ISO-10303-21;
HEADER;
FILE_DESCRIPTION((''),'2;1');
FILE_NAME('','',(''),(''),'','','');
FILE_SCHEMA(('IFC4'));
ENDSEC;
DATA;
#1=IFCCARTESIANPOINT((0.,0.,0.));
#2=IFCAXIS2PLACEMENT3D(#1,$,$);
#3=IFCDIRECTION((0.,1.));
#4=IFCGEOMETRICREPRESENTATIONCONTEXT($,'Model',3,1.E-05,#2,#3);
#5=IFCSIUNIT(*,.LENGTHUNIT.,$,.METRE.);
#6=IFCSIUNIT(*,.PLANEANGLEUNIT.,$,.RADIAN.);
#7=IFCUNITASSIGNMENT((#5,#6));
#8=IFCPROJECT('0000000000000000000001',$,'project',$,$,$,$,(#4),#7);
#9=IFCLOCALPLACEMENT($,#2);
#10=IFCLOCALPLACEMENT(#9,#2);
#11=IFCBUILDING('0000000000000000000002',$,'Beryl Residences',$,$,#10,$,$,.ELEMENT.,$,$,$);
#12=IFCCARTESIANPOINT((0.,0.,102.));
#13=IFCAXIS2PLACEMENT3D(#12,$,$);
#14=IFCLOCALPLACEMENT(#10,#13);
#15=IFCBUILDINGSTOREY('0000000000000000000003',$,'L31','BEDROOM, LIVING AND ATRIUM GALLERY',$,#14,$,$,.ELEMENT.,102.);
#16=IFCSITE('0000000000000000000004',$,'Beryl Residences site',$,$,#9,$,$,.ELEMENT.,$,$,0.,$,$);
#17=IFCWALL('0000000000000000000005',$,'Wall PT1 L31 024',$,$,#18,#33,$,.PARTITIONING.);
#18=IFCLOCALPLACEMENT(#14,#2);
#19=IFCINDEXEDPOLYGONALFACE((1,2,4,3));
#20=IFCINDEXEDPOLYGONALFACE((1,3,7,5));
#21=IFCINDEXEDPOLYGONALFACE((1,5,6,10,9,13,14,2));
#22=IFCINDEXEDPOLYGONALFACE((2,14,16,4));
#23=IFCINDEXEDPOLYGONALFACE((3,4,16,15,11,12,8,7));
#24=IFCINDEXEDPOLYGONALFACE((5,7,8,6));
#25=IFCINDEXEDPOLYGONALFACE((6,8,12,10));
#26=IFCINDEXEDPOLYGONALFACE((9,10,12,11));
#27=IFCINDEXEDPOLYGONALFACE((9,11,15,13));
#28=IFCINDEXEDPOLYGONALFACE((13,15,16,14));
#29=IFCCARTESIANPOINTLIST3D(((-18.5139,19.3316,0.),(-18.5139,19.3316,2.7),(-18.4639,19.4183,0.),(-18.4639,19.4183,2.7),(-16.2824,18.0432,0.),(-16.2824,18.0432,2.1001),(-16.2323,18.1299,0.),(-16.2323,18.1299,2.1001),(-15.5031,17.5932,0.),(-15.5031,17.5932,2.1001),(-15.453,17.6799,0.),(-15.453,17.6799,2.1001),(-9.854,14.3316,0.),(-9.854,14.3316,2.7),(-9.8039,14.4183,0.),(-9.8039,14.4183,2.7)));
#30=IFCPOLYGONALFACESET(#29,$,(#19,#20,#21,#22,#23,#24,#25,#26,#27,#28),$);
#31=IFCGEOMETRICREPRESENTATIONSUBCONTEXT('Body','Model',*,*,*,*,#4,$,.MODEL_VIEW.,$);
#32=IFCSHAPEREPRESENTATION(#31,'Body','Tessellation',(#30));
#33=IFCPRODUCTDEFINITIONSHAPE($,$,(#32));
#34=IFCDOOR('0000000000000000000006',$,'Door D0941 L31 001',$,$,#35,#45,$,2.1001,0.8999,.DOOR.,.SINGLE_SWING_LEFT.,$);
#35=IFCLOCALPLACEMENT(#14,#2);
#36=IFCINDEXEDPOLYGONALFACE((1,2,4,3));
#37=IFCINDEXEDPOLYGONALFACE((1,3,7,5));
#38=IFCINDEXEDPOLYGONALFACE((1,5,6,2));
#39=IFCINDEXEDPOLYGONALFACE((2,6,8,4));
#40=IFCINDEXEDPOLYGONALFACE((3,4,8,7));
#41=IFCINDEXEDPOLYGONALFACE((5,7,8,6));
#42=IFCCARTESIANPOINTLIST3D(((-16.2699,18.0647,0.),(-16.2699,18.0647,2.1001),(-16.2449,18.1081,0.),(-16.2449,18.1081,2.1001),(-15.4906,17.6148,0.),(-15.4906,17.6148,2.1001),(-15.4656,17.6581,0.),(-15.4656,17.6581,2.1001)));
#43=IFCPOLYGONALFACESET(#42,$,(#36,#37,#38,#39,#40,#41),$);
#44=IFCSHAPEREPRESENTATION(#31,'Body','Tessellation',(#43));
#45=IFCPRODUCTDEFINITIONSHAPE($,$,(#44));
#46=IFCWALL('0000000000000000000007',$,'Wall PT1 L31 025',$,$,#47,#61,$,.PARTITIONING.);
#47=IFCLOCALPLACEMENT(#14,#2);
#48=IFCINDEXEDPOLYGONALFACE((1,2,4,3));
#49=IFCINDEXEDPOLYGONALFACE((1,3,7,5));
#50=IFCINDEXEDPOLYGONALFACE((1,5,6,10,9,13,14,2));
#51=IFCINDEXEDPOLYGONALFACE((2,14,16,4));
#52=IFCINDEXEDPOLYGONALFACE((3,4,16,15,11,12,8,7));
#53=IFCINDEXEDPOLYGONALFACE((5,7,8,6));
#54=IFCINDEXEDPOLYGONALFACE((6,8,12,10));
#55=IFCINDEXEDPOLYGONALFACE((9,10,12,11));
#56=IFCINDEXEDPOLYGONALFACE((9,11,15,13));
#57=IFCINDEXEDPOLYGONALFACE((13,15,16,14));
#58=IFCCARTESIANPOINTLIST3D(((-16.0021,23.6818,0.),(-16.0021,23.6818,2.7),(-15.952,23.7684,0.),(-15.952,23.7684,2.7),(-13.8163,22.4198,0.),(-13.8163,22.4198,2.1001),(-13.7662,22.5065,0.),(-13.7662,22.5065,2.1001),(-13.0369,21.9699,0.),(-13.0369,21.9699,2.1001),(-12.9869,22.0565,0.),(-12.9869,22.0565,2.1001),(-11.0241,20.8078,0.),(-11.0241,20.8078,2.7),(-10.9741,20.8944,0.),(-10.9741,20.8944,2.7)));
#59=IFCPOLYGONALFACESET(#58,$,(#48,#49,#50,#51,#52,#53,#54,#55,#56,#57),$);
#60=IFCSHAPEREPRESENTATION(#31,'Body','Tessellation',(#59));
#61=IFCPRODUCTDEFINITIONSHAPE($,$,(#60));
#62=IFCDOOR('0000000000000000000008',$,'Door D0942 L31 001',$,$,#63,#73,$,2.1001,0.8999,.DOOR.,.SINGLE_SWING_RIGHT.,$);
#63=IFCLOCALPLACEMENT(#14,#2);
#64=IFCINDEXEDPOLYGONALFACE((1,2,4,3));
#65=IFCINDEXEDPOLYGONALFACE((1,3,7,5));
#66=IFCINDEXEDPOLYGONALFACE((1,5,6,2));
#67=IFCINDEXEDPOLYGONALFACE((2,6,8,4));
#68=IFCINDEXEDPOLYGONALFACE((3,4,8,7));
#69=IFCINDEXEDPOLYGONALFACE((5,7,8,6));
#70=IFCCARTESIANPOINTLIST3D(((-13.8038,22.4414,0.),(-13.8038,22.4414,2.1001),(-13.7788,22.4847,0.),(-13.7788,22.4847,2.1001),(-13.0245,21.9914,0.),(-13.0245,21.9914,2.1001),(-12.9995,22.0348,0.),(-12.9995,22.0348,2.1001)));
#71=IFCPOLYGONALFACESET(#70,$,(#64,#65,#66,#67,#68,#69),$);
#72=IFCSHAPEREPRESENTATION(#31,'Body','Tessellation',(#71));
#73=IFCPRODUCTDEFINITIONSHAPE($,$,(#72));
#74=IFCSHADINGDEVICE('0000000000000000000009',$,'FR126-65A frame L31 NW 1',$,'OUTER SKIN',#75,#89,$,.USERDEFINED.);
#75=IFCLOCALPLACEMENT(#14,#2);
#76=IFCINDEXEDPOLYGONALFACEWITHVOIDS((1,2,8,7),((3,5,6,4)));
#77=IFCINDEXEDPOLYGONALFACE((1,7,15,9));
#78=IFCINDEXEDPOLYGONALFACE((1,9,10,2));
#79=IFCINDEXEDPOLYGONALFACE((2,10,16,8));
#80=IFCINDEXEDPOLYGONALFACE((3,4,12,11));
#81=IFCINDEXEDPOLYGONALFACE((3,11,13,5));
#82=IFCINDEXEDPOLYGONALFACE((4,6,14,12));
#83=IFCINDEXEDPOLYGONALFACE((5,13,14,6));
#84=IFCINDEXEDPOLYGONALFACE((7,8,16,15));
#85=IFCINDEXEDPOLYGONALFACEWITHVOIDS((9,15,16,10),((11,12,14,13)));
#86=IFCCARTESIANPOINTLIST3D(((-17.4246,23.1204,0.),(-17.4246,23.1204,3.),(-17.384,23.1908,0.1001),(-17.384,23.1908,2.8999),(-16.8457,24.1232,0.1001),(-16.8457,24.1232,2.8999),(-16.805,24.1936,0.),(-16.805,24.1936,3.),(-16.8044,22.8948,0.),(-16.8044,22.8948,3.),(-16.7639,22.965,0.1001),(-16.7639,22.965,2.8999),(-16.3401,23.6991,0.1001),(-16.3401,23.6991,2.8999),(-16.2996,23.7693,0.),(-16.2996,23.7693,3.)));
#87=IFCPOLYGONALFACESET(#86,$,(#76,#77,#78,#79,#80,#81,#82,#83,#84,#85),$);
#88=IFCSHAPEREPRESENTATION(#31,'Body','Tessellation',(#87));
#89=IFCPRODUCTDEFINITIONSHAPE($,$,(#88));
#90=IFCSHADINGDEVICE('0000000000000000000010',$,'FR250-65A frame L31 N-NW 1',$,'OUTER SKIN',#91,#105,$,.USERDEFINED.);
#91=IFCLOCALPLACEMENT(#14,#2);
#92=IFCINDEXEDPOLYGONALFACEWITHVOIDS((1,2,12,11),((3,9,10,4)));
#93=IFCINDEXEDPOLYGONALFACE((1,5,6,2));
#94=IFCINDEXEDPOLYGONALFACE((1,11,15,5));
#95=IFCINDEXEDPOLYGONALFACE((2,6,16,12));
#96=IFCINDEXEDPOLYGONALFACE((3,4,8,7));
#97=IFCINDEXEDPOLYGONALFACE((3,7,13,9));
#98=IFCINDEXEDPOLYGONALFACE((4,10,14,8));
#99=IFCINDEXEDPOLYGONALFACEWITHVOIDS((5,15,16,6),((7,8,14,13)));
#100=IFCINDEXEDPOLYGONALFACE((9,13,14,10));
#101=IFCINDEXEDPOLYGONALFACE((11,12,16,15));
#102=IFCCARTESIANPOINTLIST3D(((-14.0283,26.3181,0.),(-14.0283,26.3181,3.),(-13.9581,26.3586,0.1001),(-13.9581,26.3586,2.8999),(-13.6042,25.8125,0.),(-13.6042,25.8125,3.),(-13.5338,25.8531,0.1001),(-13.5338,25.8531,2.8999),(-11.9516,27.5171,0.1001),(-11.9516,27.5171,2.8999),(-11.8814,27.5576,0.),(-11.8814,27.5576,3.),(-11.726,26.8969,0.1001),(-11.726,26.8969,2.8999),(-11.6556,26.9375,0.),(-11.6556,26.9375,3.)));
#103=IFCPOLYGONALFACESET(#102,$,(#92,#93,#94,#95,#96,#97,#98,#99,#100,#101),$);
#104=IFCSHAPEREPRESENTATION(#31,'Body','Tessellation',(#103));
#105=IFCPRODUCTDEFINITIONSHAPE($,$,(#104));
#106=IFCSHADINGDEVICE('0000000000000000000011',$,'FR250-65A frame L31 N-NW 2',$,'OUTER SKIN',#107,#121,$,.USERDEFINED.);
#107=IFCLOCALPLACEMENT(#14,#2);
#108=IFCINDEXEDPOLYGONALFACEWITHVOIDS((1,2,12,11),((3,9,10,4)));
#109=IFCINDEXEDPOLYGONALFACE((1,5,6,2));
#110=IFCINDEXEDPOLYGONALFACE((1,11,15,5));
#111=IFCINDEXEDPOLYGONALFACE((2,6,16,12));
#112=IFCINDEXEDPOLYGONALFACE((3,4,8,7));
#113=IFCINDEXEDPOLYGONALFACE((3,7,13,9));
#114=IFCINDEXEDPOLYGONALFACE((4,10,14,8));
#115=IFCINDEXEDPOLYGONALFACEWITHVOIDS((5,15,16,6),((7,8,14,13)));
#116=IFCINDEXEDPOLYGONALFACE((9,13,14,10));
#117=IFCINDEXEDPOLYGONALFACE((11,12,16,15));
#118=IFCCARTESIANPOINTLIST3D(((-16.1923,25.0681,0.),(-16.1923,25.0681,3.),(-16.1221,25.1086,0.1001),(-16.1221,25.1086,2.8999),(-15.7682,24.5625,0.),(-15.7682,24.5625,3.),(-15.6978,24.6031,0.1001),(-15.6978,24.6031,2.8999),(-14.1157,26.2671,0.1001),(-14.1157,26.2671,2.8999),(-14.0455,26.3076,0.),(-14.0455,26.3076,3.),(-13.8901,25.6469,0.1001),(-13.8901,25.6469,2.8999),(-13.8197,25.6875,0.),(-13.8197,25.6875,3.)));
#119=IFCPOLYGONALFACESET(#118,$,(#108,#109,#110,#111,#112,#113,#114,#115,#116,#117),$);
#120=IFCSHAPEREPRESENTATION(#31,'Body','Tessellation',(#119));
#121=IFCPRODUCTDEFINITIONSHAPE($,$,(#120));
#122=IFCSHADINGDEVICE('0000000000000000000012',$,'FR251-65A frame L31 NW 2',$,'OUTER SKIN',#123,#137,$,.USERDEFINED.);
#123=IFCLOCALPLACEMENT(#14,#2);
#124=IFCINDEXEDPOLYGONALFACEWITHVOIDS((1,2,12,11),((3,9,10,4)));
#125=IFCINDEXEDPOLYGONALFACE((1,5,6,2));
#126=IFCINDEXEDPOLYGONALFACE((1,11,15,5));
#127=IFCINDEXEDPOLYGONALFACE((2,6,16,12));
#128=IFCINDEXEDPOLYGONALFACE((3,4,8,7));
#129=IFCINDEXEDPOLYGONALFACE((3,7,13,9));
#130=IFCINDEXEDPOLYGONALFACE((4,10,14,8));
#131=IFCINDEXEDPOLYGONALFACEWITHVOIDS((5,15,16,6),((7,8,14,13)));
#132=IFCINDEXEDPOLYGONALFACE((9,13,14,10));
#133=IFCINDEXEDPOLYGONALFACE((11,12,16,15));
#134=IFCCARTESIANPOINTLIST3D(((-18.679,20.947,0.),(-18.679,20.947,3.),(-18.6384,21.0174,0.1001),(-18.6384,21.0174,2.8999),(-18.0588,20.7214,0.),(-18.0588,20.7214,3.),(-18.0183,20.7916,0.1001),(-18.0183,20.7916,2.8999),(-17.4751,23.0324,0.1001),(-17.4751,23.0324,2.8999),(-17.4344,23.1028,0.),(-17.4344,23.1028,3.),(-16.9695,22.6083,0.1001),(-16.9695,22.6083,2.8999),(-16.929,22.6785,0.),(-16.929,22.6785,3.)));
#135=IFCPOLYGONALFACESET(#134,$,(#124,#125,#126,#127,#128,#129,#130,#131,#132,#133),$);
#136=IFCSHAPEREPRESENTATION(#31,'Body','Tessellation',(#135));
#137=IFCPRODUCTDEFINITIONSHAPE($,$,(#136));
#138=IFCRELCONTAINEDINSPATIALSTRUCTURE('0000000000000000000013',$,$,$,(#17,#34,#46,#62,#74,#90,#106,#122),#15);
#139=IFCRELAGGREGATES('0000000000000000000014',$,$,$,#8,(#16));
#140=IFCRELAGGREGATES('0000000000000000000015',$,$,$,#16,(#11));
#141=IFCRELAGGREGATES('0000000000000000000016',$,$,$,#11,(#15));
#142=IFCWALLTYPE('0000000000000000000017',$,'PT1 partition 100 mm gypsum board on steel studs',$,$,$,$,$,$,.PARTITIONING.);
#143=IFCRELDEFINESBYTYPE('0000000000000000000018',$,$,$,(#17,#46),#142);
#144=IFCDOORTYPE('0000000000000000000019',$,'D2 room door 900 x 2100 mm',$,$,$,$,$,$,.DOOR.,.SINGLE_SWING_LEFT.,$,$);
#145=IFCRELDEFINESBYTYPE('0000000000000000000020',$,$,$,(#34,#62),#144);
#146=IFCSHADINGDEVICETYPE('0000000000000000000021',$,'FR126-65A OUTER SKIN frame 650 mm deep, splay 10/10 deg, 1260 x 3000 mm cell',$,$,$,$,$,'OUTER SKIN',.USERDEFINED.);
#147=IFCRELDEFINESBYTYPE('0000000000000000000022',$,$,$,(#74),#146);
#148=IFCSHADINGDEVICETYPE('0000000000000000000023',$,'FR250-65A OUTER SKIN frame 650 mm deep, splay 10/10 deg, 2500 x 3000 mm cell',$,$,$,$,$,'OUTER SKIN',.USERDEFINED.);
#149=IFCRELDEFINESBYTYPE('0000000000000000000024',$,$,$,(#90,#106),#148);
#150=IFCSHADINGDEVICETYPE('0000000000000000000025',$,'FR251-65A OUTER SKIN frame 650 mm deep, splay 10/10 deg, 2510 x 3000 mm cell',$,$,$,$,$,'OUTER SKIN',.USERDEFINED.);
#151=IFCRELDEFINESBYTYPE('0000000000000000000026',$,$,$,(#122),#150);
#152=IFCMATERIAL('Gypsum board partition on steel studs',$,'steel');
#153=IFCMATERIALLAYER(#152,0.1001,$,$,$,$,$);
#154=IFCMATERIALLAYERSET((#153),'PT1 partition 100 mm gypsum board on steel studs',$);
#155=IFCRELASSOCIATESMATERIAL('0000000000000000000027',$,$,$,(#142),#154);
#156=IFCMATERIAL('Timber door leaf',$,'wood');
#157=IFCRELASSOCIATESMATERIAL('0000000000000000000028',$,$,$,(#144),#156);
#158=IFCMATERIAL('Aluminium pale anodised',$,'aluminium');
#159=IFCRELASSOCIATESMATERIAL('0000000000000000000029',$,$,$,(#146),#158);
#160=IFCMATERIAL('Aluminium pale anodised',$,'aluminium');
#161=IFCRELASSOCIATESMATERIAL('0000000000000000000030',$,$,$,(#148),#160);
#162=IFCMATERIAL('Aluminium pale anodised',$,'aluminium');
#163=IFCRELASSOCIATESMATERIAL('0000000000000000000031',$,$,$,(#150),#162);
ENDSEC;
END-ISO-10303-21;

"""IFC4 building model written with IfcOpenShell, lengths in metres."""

from ifc_helpers import new_model, entity, si_unit, direction, frame, frame_2d, origin, place, context, subcontext, project, spatial, rectangle, extrude, source, transform, mapped, material, layer, layer_set, type_object, type_shapes, element, fill, save


model = new_model("IFC4")

# Units and contexts
model_context = context("Model", 3, precision=1e-05, world=origin(), true_north=direction((0.0, 1.0)))
body_context = subcontext(model_context, "Body", "Model", "MODEL_VIEW")
ifc_project = project(units=[si_unit("LENGTHUNIT", "METRE"), si_unit("PLANEANGLEUNIT", "RADIAN")], contexts=[model_context])

# Site, building, storey
site_placement = place(None, origin())
site = spatial("IfcSite", under=ifc_project, at=site_placement, Name="Beryl Residences site", CompositionType="ELEMENT", RefElevation=0.0)
building_placement = place(site_placement, origin())
building = spatial("IfcBuilding", under=site, at=building_placement, Name="Beryl Residences", CompositionType="ELEMENT")
storey_placement = place(building_placement, frame((0.0, 0.0, 102.0)))
storey = spatial("IfcBuildingStorey", under=building, at=storey_placement, Name="L31", Description="BEDROOM, LIVING AND ATRIUM GALLERY", CompositionType="ELEMENT", Elevation=102.0)

# Walls, openings, doors
ifc_material_1 = material(Name="Gypsum board partition on steel studs", Category="steel")
ifc_layer_1 = layer(ifc_material_1, 0.1001)
ifc_layer_set_1 = layer_set([ifc_layer_1], Name="PT1 partition 100 mm gypsum board on steel studs")
wall_type_1 = type_object("IfcWallType", Name="PT1 partition 100 mm gypsum board on steel studs", PredefinedType="PARTITIONING", material=ifc_layer_set_1)
wall_1_placement = place(storey_placement, frame((-18.489, 19.375, 0.0), z_axis=(0.0, 0.0, 1.0), x_axis=(0.866017, -0.500015, 0.0)))
wall_1 = element("IfcWall", 1, at=wall_1_placement, inside=storey, type_object=wall_type_1, Name="Wall PT1 L31 024", PredefinedType="PARTITIONING", context=body_context, shape_type="SweptSolid", body=[
    extrude(rectangle(XDim=9.9998, YDim=0.1001, at=frame_2d((5.0, 0.0))), origin(), (0.0, 0.0, 1.0), 2.7),
])
opening_1_placement = place(wall_1_placement, frame((2.5769, 0.0, 0.0)))
opening_1 = element("IfcOpeningElement", 2, at=opening_1_placement, cuts=wall_1, PredefinedType="OPENING", context=body_context, shape_type="SweptSolid", body=[
    extrude(rectangle(XDim=0.8999, YDim=2.1001, at=frame_2d((0.45, 1.05))), frame((0.0, 0.0601, 0.0), z_axis=(0.0, -1.0, 0.0), x_axis=(1.0, 0.0, 0.0)), (0.0, 0.0, 1.0), 0.1201),
])
ifc_material_2 = material(Name="Timber door leaf", Category="wood")
door_type = type_object("IfcDoorType", Name="D2 room door 900 x 2100 mm", OperationType="SINGLE_SWING_LEFT", PredefinedType="DOOR", material=ifc_material_2)
door_1_placement = place(opening_1_placement, origin())
door_1 = element("IfcDoor", 3, at=door_1_placement, inside=storey, type_object=door_type, Name="Door D0941 L31 001", OperationType="SINGLE_SWING_LEFT", OverallHeight=2.1001, OverallWidth=0.8999, PredefinedType="DOOR", context=body_context, shape_type="SweptSolid", body=[
    extrude(rectangle(XDim=0.8999, YDim=2.1001, at=frame_2d((0.45, 1.05))), frame((0.0, 0.0249, 0.0), z_axis=(0.0, -1.0, 0.0), x_axis=(1.0, 0.0, 0.0)), (0.0, 0.0, 1.0), 0.05),
])
fill(opening_1, door_1)
wall_2_placement = place(storey_placement, frame((-15.9771, 23.7251, 0.0), z_axis=(0.0, 0.0, 1.0), x_axis=(0.866029, -0.499995, 0.0)))
wall_2 = element("IfcWall", 4, at=wall_2_placement, inside=storey, type_object=wall_type_1, Name="Wall PT1 L31 025", PredefinedType="PARTITIONING", context=body_context, shape_type="SweptSolid", body=[
    extrude(rectangle(XDim=5.748, YDim=0.1001, at=frame_2d((2.874, 0.0))), origin(), (0.0, 0.0, 1.0), 2.7),
])
opening_2_placement = place(wall_2_placement, frame((2.5239, 0.0, 0.0)))
opening_2 = element("IfcOpeningElement", 5, at=opening_2_placement, cuts=wall_2, PredefinedType="OPENING", context=body_context, shape_type="SweptSolid", body=[
    extrude(rectangle(XDim=0.8999, YDim=2.1001, at=frame_2d((0.45, 1.05))), frame((0.0, 0.0601, 0.0), z_axis=(0.0, -1.0, 0.0), x_axis=(1.0, 0.0, 0.0)), (0.0, 0.0, 1.0), 0.1201),
])
door_2_placement = place(opening_2_placement, origin())
door_2 = element("IfcDoor", 6, at=door_2_placement, inside=storey, type_object=door_type, Name="Door D0942 L31 001", OperationType="SINGLE_SWING_RIGHT", OverallHeight=2.1001, OverallWidth=0.8999, PredefinedType="DOOR", context=body_context, shape_type="SweptSolid", body=[
    extrude(rectangle(XDim=0.8999, YDim=2.1001, at=frame_2d((0.45, 1.05))), frame((0.0, 0.0249, 0.0), z_axis=(0.0, -1.0, 0.0), x_axis=(1.0, 0.0, 0.0)), (0.0, 0.0, 1.0), 0.05),
])
fill(opening_2, door_2)

# Shading devices
ifc_material_3 = material(Name="Aluminium pale anodised", Category="aluminium")
shading_device_type_1 = type_object("IfcShadingDeviceType", Name="FR126-65A OUTER SKIN frame 650 mm deep, splay 10/10 deg, 1260 x 3000 mm cell", ElementType="OUTER SKIN", PredefinedType="USERDEFINED", material=ifc_material_3)
cartesian_point_1 = entity("IfcCartesianPoint", [-0.5049, 0.0])
cartesian_point_2 = entity("IfcCartesianPoint", [-0.4238, 0.1001])
cartesian_point_3 = entity("IfcCartesianPoint", [-0.6196, 0.0])
cartesian_point_4 = entity("IfcCartesianPoint", [-0.5383, 0.1001])
shared_shape_1 = source(origin(), body_context, "Body", "SweptSolid", [
    entity("IfcExtrudedAreaSolidTapered", entity("IfcArbitraryProfileDefWithVoids", "AREA", None, entity("IfcPolyline", [cartesian_point_1, entity("IfcCartesianPoint", [0.5049, 0.0]), entity("IfcCartesianPoint", [0.5049, 3.0]), entity("IfcCartesianPoint", [-0.5049, 3.0]), cartesian_point_1]), [entity("IfcPolyline", [cartesian_point_2, entity("IfcCartesianPoint", [0.4238, 0.1001]), entity("IfcCartesianPoint", [0.4238, 2.8999]), entity("IfcCartesianPoint", [-0.4238, 2.8999]), cartesian_point_2])]), entity("IfcAxis2Placement3D", entity("IfcCartesianPoint", [0.0, 0.0, 0.0]), entity("IfcDirection", [0.0, 1.0, 0.0]), entity("IfcDirection", [-1.0, 0.0, 0.0])), entity("IfcDirection", [0.0, 0.0, 1.0]), 0.6499, entity("IfcArbitraryProfileDefWithVoids", "AREA", None, entity("IfcPolyline", [cartesian_point_3, entity("IfcCartesianPoint", [0.6196, 0.0]), entity("IfcCartesianPoint", [0.6196, 3.0]), entity("IfcCartesianPoint", [-0.6196, 3.0]), cartesian_point_3]), [entity("IfcPolyline", [cartesian_point_4, entity("IfcCartesianPoint", [0.5383, 0.1001]), entity("IfcCartesianPoint", [0.5383, 2.8999]), entity("IfcCartesianPoint", [-0.5383, 2.8999]), cartesian_point_4])])),
])
type_shapes(shading_device_type_1, [shared_shape_1])
shading_device_placement = place(storey_placement, frame((-16.552, 23.332, 0.0), z_axis=(0.0, 0.0, 1.0), x_axis=(0.5, 0.866025, 0.0)))
element("IfcShadingDevice", 7, at=shading_device_placement, inside=storey, type_object=shading_device_type_1, Name="FR126-65A frame L31 NW 1", ObjectType="OUTER SKIN", PredefinedType="USERDEFINED", context=body_context, shape_type="MappedRepresentation", body=[
    mapped(shared_shape_1, transform((0.0, 0.0, 0.0))),
])
ifc_material_4 = material(Name="Aluminium pale anodised", Category="aluminium")
shading_device_type_2 = type_object("IfcShadingDeviceType", Name="FR250-65A OUTER SKIN frame 650 mm deep, splay 10/10 deg, 2500 x 3000 mm cell", ElementType="OUTER SKIN", PredefinedType="USERDEFINED", material=ifc_material_4)
cartesian_point_5 = entity("IfcCartesianPoint", [-1.125, 0.0])
cartesian_point_6 = entity("IfcCartesianPoint", [-1.0437, 0.1001])
cartesian_point_7 = entity("IfcCartesianPoint", [-1.2395, 0.0])
cartesian_point_8 = entity("IfcCartesianPoint", [-1.1584, 0.1001])
shared_shape_2 = source(origin(), body_context, "Body", "SweptSolid", [
    entity("IfcExtrudedAreaSolidTapered", entity("IfcArbitraryProfileDefWithVoids", "AREA", None, entity("IfcPolyline", [cartesian_point_5, entity("IfcCartesianPoint", [1.125, 0.0]), entity("IfcCartesianPoint", [1.125, 3.0]), entity("IfcCartesianPoint", [-1.125, 3.0]), cartesian_point_5]), [entity("IfcPolyline", [cartesian_point_6, entity("IfcCartesianPoint", [1.0437, 0.1001]), entity("IfcCartesianPoint", [1.0437, 2.8999]), entity("IfcCartesianPoint", [-1.0437, 2.8999]), cartesian_point_6])]), entity("IfcAxis2Placement3D", entity("IfcCartesianPoint", [0.0, 0.0, 0.0]), entity("IfcDirection", [0.0, 1.0, 0.0]), entity("IfcDirection", [-1.0, 0.0, 0.0])), entity("IfcDirection", [0.0, 0.0, 1.0]), 0.6499, entity("IfcArbitraryProfileDefWithVoids", "AREA", None, entity("IfcPolyline", [cartesian_point_7, entity("IfcCartesianPoint", [1.2395, 0.0]), entity("IfcCartesianPoint", [1.2395, 3.0]), entity("IfcCartesianPoint", [-1.2395, 3.0]), cartesian_point_7]), [entity("IfcPolyline", [cartesian_point_8, entity("IfcCartesianPoint", [1.1584, 0.1001]), entity("IfcCartesianPoint", [1.1584, 2.8999]), entity("IfcCartesianPoint", [-1.1584, 2.8999]), cartesian_point_8])])),
])
type_shapes(shading_device_type_2, [shared_shape_2])
for number, where, z_axis, x_axis, name in (
    (8, (-12.6299, 26.375, 0.0), (0.0, 0.0, 1.0), (0.866025, 0.5, 0.0), "FR250-65A frame L31 N-NW 1"),
    (9, (-14.7939, 25.125, 0.0), (0.0, 0.0, 1.0), (0.866025, 0.5, 0.0), "FR250-65A frame L31 N-NW 2"),
):
    element("IfcShadingDevice", number, at=place(storey_placement, frame(where, z_axis=z_axis, x_axis=x_axis)), inside=storey, type_object=shading_device_type_2, Name=name, ObjectType="OUTER SKIN", PredefinedType="USERDEFINED", context=body_context, shape_type="MappedRepresentation", body=[
        mapped(shared_shape_2, transform((0.0, 0.0, 0.0))),
    ])
ifc_material_5 = material(Name="Aluminium pale anodised", Category="aluminium")
shading_device_type_3 = type_object("IfcShadingDeviceType", Name="FR251-65A OUTER SKIN frame 650 mm deep, splay 10/10 deg, 2510 x 3000 mm cell", ElementType="OUTER SKIN", PredefinedType="USERDEFINED", material=ifc_material_5)
cartesian_point_9 = entity("IfcCartesianPoint", [-1.1299, 0.0])
cartesian_point_10 = entity("IfcCartesianPoint", [-1.0488, 0.1001])
cartesian_point_11 = entity("IfcCartesianPoint", [-1.2446, 0.0])
cartesian_point_12 = entity("IfcCartesianPoint", [-1.1633, 0.1001])
shared_shape_3 = source(origin(), body_context, "Body", "SweptSolid", [
    entity("IfcExtrudedAreaSolidTapered", entity("IfcArbitraryProfileDefWithVoids", "AREA", None, entity("IfcPolyline", [cartesian_point_9, entity("IfcCartesianPoint", [1.1299, 0.0]), entity("IfcCartesianPoint", [1.1299, 3.0]), entity("IfcCartesianPoint", [-1.1299, 3.0]), cartesian_point_9]), [entity("IfcPolyline", [cartesian_point_10, entity("IfcCartesianPoint", [1.0488, 0.1001]), entity("IfcCartesianPoint", [1.0488, 2.8999]), entity("IfcCartesianPoint", [-1.0488, 2.8999]), cartesian_point_10])]), entity("IfcAxis2Placement3D", entity("IfcCartesianPoint", [0.0, 0.0, 0.0]), entity("IfcDirection", [0.0, 1.0, 0.0]), entity("IfcDirection", [-1.0, 0.0, 0.0])), entity("IfcDirection", [0.0, 0.0, 1.0]), 0.6499, entity("IfcArbitraryProfileDefWithVoids", "AREA", None, entity("IfcPolyline", [cartesian_point_11, entity("IfcCartesianPoint", [1.2446, 0.0]), entity("IfcCartesianPoint", [1.2446, 3.0]), entity("IfcCartesianPoint", [-1.2446, 3.0]), cartesian_point_11]), [entity("IfcPolyline", [cartesian_point_12, entity("IfcCartesianPoint", [1.1633, 0.1001]), entity("IfcCartesianPoint", [1.1633, 2.8999]), entity("IfcCartesianPoint", [-1.1633, 2.8999]), cartesian_point_12])])),
])
type_shapes(shading_device_type_3, [shared_shape_3])
for number, where, z_axis, x_axis, name in (
    (10, (-17.4939, 21.7, 0.0), (0.0, 0.0, 1.0), (0.5, 0.866025, 0.0), "FR251-65A frame L31 NW 2"),
):
    element("IfcShadingDevice", number, at=place(storey_placement, frame(where, z_axis=z_axis, x_axis=x_axis)), inside=storey, type_object=shading_device_type_3, Name=name, ObjectType="OUTER SKIN", PredefinedType="USERDEFINED", context=body_context, shape_type="MappedRepresentation", body=[
        mapped(shared_shape_3, transform((0.0, 0.0, 0.0))),
    ])

save(model, "model.ifc")
